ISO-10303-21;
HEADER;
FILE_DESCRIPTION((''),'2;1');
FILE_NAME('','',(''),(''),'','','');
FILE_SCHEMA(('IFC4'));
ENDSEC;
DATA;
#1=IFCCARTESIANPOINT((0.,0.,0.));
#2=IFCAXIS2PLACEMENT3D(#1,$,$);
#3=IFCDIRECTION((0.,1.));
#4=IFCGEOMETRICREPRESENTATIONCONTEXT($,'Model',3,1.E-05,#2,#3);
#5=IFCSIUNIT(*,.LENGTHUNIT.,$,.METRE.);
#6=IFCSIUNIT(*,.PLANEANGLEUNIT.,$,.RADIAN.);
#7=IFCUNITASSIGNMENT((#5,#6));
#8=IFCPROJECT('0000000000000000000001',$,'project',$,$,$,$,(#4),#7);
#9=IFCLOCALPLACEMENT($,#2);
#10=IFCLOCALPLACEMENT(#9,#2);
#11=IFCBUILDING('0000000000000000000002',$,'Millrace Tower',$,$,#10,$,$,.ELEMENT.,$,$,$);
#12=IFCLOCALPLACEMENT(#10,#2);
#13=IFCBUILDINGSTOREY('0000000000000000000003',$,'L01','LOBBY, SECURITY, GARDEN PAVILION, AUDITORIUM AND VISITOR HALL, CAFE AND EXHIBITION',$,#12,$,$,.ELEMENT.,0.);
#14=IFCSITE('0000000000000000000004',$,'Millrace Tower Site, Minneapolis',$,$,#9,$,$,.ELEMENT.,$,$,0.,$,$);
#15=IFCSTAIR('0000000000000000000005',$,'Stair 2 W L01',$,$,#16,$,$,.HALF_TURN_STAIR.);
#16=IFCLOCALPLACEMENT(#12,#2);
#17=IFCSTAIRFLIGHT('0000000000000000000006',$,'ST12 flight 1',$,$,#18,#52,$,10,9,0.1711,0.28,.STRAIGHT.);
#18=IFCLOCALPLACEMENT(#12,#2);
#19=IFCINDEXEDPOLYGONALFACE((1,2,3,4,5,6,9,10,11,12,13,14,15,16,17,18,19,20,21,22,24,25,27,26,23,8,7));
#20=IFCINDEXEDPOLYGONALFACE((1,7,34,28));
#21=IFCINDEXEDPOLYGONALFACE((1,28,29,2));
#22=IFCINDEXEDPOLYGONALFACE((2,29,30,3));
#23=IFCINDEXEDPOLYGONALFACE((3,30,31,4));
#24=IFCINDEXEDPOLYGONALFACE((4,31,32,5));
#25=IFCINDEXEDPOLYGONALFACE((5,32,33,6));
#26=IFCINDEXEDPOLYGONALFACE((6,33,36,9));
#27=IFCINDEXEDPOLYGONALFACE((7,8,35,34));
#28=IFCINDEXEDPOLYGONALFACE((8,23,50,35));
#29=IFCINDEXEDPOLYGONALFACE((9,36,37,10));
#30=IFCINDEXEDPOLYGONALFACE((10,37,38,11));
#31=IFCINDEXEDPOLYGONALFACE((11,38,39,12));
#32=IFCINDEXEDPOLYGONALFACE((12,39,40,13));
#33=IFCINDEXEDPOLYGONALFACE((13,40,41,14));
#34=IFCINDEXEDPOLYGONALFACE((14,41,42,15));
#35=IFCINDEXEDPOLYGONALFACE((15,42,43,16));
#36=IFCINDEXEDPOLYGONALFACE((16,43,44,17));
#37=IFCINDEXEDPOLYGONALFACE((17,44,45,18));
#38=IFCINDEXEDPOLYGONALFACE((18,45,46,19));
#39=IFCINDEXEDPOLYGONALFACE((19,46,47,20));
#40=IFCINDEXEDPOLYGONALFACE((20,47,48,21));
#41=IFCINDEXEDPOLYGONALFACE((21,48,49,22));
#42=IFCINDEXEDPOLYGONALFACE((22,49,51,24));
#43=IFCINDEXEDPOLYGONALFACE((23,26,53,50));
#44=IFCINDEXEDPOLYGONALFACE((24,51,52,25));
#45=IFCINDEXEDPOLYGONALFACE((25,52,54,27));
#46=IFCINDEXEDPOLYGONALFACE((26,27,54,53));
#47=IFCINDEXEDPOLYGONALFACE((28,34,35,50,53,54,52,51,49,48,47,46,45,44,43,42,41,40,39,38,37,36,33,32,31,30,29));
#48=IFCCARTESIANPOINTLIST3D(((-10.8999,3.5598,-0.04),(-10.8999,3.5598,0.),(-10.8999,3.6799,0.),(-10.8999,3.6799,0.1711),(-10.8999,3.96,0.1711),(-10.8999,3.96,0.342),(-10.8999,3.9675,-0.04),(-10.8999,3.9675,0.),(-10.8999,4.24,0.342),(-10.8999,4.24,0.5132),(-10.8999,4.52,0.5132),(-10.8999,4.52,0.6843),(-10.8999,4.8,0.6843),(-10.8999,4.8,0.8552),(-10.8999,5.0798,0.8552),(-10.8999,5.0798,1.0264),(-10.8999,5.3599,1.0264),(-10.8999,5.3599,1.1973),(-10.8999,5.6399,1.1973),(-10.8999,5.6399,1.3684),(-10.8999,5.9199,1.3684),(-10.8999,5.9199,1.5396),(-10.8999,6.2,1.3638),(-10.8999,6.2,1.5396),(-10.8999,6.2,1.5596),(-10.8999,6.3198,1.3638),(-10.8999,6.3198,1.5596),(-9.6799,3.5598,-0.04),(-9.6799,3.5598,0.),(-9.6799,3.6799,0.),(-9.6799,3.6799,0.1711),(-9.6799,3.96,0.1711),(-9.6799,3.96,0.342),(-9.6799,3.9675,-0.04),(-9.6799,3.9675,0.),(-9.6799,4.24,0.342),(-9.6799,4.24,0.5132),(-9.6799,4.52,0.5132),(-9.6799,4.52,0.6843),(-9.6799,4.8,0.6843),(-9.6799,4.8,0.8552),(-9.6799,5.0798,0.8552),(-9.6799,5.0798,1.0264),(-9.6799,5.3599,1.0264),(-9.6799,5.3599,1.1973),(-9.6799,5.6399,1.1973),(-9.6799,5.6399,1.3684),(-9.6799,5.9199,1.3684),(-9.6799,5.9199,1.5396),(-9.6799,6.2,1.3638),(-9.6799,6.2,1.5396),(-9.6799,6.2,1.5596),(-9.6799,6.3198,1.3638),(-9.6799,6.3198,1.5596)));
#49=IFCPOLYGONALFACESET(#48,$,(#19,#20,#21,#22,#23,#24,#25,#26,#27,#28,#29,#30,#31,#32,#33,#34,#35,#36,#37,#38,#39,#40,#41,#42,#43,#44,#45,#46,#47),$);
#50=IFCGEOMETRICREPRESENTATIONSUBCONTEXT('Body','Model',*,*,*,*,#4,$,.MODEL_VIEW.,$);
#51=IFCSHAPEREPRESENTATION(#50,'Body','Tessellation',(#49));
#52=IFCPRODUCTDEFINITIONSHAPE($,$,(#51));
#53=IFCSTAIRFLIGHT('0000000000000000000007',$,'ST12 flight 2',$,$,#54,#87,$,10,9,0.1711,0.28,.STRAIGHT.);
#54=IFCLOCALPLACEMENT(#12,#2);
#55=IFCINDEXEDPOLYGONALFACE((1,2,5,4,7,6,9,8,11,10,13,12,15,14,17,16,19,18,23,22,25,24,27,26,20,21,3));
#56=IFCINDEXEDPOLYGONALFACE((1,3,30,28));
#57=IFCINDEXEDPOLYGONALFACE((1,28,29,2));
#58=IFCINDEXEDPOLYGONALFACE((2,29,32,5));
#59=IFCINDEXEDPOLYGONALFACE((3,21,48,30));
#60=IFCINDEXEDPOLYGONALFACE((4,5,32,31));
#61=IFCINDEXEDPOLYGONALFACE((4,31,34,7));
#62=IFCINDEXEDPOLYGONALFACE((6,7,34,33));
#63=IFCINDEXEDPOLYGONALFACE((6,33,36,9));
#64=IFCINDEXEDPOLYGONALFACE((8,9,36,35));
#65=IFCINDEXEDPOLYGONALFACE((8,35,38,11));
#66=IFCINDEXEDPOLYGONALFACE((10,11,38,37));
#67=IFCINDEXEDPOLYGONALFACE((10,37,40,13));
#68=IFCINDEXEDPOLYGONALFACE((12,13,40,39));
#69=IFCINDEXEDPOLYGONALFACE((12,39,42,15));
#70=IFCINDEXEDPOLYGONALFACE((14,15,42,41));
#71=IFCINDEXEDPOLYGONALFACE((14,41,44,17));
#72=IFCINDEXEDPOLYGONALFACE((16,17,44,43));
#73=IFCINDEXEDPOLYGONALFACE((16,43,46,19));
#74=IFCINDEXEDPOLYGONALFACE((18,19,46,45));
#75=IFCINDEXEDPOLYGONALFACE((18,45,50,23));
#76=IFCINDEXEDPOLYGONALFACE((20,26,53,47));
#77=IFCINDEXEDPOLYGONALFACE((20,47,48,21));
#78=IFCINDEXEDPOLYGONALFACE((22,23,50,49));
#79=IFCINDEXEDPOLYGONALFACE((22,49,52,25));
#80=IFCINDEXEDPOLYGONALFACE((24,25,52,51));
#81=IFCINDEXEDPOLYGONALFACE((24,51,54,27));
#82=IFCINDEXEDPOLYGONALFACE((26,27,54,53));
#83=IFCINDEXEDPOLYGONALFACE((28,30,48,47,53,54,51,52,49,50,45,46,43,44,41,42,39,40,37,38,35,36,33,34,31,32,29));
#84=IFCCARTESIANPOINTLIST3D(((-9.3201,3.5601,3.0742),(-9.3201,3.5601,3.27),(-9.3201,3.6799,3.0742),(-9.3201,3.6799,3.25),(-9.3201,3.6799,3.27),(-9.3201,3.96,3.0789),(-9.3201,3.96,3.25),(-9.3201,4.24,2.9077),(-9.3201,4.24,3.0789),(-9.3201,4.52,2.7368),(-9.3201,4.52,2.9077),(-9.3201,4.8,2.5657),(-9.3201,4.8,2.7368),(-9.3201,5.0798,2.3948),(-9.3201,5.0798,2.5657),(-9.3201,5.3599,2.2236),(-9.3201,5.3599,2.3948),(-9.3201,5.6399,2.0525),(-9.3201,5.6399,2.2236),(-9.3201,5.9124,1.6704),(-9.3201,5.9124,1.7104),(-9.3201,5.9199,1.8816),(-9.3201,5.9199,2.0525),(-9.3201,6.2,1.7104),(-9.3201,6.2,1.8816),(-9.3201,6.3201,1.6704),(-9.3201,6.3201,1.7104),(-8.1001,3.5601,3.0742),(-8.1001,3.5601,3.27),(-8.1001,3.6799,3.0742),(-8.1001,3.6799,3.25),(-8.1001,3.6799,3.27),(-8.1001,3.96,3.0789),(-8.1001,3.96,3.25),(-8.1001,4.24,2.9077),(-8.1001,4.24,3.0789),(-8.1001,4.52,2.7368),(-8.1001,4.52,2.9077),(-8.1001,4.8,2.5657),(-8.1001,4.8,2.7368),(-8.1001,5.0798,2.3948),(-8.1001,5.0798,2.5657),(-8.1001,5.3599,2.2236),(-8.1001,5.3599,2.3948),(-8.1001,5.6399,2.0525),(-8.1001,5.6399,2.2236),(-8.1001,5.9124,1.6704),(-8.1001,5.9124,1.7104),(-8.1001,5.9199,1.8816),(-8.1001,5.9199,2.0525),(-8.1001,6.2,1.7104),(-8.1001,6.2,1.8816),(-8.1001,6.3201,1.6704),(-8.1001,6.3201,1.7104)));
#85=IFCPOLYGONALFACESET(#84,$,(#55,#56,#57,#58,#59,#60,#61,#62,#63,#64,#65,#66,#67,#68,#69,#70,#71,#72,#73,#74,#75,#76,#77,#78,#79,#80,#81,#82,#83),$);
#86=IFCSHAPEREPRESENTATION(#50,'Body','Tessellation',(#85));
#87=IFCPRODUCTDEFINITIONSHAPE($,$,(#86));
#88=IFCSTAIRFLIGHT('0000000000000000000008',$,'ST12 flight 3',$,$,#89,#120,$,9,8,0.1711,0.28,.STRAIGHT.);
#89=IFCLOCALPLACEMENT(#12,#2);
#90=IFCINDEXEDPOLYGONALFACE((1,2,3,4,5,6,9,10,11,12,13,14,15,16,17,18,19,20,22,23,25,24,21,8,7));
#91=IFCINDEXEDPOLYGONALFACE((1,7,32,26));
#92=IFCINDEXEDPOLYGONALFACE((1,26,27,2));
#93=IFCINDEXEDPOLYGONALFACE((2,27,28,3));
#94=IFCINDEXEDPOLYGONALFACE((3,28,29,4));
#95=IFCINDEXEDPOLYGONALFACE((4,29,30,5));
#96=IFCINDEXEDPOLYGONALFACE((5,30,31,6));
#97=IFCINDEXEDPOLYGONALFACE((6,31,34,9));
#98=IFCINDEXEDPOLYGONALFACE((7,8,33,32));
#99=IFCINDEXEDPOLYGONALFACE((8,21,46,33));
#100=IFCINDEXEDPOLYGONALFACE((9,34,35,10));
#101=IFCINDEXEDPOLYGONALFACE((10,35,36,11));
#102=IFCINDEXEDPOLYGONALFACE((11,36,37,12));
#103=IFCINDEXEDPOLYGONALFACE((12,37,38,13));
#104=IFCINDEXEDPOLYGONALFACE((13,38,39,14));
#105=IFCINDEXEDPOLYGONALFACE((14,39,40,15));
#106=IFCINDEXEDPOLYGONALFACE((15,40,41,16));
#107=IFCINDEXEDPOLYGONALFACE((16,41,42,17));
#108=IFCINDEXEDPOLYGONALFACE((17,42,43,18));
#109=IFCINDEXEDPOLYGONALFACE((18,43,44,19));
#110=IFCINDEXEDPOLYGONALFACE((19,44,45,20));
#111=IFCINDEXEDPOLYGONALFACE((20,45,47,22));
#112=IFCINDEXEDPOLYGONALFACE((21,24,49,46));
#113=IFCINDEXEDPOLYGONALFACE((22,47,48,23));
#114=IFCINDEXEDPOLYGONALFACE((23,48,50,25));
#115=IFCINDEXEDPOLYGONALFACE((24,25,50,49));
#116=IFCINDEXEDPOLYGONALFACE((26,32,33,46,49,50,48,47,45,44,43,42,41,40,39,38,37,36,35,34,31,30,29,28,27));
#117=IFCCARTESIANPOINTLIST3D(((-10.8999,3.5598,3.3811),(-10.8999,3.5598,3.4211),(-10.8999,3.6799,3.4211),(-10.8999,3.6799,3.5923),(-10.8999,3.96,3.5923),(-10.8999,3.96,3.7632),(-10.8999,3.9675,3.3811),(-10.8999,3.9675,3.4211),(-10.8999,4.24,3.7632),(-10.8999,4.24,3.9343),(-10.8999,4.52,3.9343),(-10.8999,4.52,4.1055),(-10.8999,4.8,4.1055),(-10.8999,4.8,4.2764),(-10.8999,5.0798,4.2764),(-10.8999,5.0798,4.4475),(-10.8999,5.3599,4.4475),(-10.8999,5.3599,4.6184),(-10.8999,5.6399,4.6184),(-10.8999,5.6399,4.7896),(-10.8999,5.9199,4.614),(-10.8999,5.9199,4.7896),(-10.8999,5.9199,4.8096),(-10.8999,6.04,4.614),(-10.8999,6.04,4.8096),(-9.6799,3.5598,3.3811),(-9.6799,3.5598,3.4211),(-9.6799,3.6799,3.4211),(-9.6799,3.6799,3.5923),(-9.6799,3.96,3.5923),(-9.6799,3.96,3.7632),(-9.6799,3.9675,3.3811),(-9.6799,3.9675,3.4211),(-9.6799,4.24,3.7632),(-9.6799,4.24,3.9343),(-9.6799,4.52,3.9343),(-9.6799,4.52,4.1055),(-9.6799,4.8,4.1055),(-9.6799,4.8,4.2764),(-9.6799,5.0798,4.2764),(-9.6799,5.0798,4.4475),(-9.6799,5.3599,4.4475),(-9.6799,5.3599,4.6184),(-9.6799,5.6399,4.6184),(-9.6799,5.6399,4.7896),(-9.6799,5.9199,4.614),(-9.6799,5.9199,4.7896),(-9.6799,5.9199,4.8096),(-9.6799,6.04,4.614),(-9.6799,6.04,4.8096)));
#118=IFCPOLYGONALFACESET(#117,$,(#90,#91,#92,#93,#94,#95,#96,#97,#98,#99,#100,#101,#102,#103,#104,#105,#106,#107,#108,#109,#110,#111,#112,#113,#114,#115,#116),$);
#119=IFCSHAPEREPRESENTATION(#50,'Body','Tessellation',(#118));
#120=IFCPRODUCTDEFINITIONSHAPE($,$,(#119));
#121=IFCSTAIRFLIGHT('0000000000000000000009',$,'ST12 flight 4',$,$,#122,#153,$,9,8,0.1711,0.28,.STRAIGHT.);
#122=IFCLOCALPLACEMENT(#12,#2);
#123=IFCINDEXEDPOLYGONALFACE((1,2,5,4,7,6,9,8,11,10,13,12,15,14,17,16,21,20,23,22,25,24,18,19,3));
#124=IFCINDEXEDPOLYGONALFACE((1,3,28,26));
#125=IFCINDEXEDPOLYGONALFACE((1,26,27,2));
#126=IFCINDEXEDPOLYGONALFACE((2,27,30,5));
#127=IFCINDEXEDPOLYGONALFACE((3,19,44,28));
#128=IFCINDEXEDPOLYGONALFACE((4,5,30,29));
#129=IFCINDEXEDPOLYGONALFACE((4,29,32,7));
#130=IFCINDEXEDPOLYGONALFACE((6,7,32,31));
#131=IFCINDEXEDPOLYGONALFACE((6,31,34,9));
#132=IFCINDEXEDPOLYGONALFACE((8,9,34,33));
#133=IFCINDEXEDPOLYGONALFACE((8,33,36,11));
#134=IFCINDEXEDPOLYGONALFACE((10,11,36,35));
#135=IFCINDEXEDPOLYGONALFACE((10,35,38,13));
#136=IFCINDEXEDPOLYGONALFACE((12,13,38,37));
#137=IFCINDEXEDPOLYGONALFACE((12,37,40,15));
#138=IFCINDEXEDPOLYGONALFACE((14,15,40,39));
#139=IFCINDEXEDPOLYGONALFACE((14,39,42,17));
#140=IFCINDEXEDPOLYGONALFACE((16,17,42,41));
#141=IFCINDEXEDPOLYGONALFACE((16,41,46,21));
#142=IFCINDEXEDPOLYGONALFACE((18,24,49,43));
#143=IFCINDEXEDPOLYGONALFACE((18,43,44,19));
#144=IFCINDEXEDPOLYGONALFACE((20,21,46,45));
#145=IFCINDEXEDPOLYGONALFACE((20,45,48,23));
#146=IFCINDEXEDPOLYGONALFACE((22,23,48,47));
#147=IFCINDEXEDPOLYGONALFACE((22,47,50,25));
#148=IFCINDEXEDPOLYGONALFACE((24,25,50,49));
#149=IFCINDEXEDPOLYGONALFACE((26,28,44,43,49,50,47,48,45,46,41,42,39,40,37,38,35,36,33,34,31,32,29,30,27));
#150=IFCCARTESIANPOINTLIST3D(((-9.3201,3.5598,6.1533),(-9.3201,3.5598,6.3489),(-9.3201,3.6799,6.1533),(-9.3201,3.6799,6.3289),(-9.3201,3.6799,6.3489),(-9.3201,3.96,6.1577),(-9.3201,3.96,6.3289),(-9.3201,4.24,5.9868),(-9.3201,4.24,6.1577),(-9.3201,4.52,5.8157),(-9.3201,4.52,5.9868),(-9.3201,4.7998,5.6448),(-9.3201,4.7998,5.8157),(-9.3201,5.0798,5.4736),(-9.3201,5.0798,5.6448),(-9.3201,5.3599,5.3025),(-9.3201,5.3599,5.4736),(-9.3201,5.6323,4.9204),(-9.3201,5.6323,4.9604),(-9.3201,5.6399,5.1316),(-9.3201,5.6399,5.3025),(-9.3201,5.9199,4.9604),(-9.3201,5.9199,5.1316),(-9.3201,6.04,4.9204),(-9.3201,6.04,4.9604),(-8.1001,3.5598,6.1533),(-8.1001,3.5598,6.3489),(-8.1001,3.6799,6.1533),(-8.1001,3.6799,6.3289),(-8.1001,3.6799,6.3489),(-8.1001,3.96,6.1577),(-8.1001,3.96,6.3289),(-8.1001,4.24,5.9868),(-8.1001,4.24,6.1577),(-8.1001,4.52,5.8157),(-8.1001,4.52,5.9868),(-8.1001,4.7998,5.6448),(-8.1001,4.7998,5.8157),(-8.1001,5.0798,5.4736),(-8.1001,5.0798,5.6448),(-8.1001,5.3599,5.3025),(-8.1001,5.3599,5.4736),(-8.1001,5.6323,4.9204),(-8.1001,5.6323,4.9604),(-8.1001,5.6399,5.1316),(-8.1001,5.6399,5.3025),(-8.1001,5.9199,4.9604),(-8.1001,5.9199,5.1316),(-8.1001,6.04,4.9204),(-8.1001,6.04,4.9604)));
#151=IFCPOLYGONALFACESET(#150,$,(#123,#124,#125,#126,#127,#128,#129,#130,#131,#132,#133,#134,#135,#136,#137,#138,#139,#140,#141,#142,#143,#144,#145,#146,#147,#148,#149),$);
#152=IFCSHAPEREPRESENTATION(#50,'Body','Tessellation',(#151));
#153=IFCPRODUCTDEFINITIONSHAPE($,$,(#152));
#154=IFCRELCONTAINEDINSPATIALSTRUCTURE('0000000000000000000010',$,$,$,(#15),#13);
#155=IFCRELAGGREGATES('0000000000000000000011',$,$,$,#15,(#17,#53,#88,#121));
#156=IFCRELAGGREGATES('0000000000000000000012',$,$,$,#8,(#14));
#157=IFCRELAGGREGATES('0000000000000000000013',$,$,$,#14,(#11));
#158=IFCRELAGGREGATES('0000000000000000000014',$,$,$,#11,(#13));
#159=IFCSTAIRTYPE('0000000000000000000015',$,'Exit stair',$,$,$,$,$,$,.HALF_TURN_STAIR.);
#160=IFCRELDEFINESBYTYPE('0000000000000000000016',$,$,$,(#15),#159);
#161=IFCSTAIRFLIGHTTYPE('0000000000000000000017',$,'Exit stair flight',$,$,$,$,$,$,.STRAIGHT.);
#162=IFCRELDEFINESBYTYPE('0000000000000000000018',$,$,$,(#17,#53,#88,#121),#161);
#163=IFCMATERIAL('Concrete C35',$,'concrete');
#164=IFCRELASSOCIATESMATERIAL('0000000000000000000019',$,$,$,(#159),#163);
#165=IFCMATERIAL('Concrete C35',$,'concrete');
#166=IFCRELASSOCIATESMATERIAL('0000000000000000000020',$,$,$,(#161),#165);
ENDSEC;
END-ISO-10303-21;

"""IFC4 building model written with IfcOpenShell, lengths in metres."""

from ifc_helpers import new_model, si_unit, direction, frame, origin, place, context, subcontext, project, spatial, polyline, outline, extrude, material, type_object, element, aggregate, save


model = new_model("IFC4")

# Units and contexts
model_context = context("Model", 3, precision=1e-05, world=origin(), true_north=direction((0.0, 1.0)))
body_context = subcontext(model_context, "Body", "Model", "MODEL_VIEW")
ifc_project = project(units=[si_unit("LENGTHUNIT", "METRE"), si_unit("PLANEANGLEUNIT", "RADIAN")], contexts=[model_context])

# Site, building, storey
site_placement = place(None, origin())
site = spatial("IfcSite", under=ifc_project, at=site_placement, Name="Millrace Tower Site, Minneapolis", CompositionType="ELEMENT", RefElevation=0.0)
building_placement = place(site_placement, origin())
building = spatial("IfcBuilding", under=site, at=building_placement, Name="Millrace Tower", CompositionType="ELEMENT")
storey_placement = place(building_placement, origin())
storey = spatial("IfcBuildingStorey", under=building, at=storey_placement, Name="L01", Description="LOBBY, SECURITY, GARDEN PAVILION, AUDITORIUM AND VISITOR HALL, CAFE AND EXHIBITION", CompositionType="ELEMENT", Elevation=0.0)

# Shared definitions
ifc_material_1 = material(Name="Concrete C35", Category="concrete")
stair_type = type_object("IfcStairType", Name="Exit stair", PredefinedType="HALF_TURN_STAIR", material=ifc_material_1)
placement = place(storey_placement, origin())
ifc_material_2 = material(Name="Concrete C35", Category="concrete")
stair_flight_type = type_object("IfcStairFlightType", Name="Exit stair flight", PredefinedType="STRAIGHT", material=ifc_material_2)

# Stair, stair flights
stair_1 = element("IfcStair", 1, at=placement, inside=storey, type_object=stair_type, Name="Stair 2 W L01", PredefinedType="HALF_TURN_STAIR")
stair_flight_1_placement = place(storey_placement, frame((-10.29, 3.6799, 0.0), z_axis=(0.0, 0.0, 1.0), x_axis=(0.0, 1.0, 0.0)))
stair_flight_1 = element("IfcStairFlight", 2, at=stair_flight_1_placement, type_object=stair_flight_type, Name="ST12 flight 1", NumberOfRisers=10, NumberOfTreads=9, PredefinedType="STRAIGHT", RiserHeight=0.1711, TreadLength=0.28, context=body_context, shape_type="SweptSolid", body=[
    extrude(outline(polyline([(-0.1201, -0.04), (-0.1201, 0.0), (0.0, 0.0), (0.0, 0.1711), (0.28, 0.1711), (0.28, 0.342), (0.5601, 0.342), (0.5601, 0.5132), (0.8401, 0.5132), (0.8401, 0.6843), (1.1201, 0.6843), (1.1201, 0.8552), (1.3999, 0.8552), (1.3999, 1.0264), (1.6799, 1.0264), (1.6799, 1.1973), (1.96, 1.1973), (1.96, 1.3684), (2.24, 1.3684), (2.24, 1.5396), (2.52, 1.5396), (2.52, 1.5596), (2.6399, 1.5596), (2.6399, 1.3638), (2.52, 1.3638), (0.2876, 0.0), (0.2876, -0.04), (-0.1201, -0.04)])), frame((0.0, 0.6099, 0.0), z_axis=(0.0, -1.0, 0.0), x_axis=(1.0, 0.0, 0.0)), (0.0, 0.0, 1.0), 1.22),
])
stair_flight_2_placement = place(storey_placement, frame((-8.71, 6.2, 1.7104), z_axis=(0.0, 0.0, 1.0), x_axis=(0.0, -1.0, 0.0)))
stair_flight_2 = element("IfcStairFlight", 3, at=stair_flight_2_placement, type_object=stair_flight_type, Name="ST12 flight 2", NumberOfRisers=10, NumberOfTreads=9, PredefinedType="STRAIGHT", RiserHeight=0.1711, TreadLength=0.28, context=body_context, shape_type="SweptSolid", body=[
    extrude(outline(polyline([(-0.1201, -0.04), (-0.1201, 0.0), (0.0, 0.0), (0.0, 0.1711), (0.28, 0.1711), (0.28, 0.342), (0.5601, 0.342), (0.5601, 0.5132), (0.8401, 0.5132), (0.8401, 0.6843), (1.1201, 0.6843), (1.1201, 0.8552), (1.3999, 0.8552), (1.3999, 1.0264), (1.6799, 1.0264), (1.6799, 1.1973), (1.96, 1.1973), (1.96, 1.3684), (2.24, 1.3684), (2.24, 1.5396), (2.52, 1.5396), (2.52, 1.5596), (2.6399, 1.5596), (2.6399, 1.3638), (2.52, 1.3638), (0.2876, 0.0), (0.2876, -0.04), (-0.1201, -0.04)])), frame((0.0, 0.6099, 0.0), z_axis=(0.0, -1.0, 0.0), x_axis=(1.0, 0.0, 0.0)), (0.0, 0.0, 1.0), 1.22),
])
stair_flight_3_placement = place(storey_placement, frame((-10.29, 3.6799, 3.4211), z_axis=(0.0, 0.0, 1.0), x_axis=(0.0, 1.0, 0.0)))
stair_flight_3 = element("IfcStairFlight", 4, at=stair_flight_3_placement, type_object=stair_flight_type, Name="ST12 flight 3", NumberOfRisers=9, NumberOfTreads=8, PredefinedType="STRAIGHT", RiserHeight=0.1711, TreadLength=0.28, context=body_context, shape_type="SweptSolid", body=[
    extrude(outline(polyline([(-0.1201, -0.04), (-0.1201, 0.0), (0.0, 0.0), (0.0, 0.1711), (0.28, 0.1711), (0.28, 0.342), (0.5601, 0.342), (0.5601, 0.5132), (0.8401, 0.5132), (0.8401, 0.6843), (1.1201, 0.6843), (1.1201, 0.8552), (1.3999, 0.8552), (1.3999, 1.0264), (1.6799, 1.0264), (1.6799, 1.1973), (1.96, 1.1973), (1.96, 1.3684), (2.24, 1.3684), (2.24, 1.3884), (2.3601, 1.3884), (2.3601, 1.1929), (2.24, 1.1929), (0.2876, 0.0), (0.2876, -0.04), (-0.1201, -0.04)])), frame((0.0, 0.6099, 0.0), z_axis=(0.0, -1.0, 0.0), x_axis=(1.0, 0.0, 0.0)), (0.0, 0.0, 1.0), 1.22),
])
stair_flight_4_placement = place(storey_placement, frame((-8.71, 5.9199, 4.9604), z_axis=(0.0, 0.0, 1.0), x_axis=(0.0, -1.0, 0.0)))
stair_flight_4 = element("IfcStairFlight", 5, at=stair_flight_4_placement, type_object=stair_flight_type, Name="ST12 flight 4", NumberOfRisers=9, NumberOfTreads=8, PredefinedType="STRAIGHT", RiserHeight=0.1711, TreadLength=0.28, context=body_context, shape_type="SweptSolid", body=[
    extrude(outline(polyline([(-0.1201, -0.04), (-0.1201, 0.0), (0.0, 0.0), (0.0, 0.1711), (0.28, 0.1711), (0.28, 0.342), (0.5601, 0.342), (0.5601, 0.5132), (0.8401, 0.5132), (0.8401, 0.6843), (1.1201, 0.6843), (1.1201, 0.8552), (1.3999, 0.8552), (1.3999, 1.0264), (1.6799, 1.0264), (1.6799, 1.1973), (1.96, 1.1973), (1.96, 1.3684), (2.24, 1.3684), (2.24, 1.3884), (2.3601, 1.3884), (2.3601, 1.1929), (2.24, 1.1929), (0.2876, 0.0), (0.2876, -0.04), (-0.1201, -0.04)])), frame((0.0, 0.6099, 0.0), z_axis=(0.0, -1.0, 0.0), x_axis=(1.0, 0.0, 0.0)), (0.0, 0.0, 1.0), 1.22),
])
aggregate(stair_1, [stair_flight_1, stair_flight_2, stair_flight_3, stair_flight_4])

save(model, "model.ifc")
